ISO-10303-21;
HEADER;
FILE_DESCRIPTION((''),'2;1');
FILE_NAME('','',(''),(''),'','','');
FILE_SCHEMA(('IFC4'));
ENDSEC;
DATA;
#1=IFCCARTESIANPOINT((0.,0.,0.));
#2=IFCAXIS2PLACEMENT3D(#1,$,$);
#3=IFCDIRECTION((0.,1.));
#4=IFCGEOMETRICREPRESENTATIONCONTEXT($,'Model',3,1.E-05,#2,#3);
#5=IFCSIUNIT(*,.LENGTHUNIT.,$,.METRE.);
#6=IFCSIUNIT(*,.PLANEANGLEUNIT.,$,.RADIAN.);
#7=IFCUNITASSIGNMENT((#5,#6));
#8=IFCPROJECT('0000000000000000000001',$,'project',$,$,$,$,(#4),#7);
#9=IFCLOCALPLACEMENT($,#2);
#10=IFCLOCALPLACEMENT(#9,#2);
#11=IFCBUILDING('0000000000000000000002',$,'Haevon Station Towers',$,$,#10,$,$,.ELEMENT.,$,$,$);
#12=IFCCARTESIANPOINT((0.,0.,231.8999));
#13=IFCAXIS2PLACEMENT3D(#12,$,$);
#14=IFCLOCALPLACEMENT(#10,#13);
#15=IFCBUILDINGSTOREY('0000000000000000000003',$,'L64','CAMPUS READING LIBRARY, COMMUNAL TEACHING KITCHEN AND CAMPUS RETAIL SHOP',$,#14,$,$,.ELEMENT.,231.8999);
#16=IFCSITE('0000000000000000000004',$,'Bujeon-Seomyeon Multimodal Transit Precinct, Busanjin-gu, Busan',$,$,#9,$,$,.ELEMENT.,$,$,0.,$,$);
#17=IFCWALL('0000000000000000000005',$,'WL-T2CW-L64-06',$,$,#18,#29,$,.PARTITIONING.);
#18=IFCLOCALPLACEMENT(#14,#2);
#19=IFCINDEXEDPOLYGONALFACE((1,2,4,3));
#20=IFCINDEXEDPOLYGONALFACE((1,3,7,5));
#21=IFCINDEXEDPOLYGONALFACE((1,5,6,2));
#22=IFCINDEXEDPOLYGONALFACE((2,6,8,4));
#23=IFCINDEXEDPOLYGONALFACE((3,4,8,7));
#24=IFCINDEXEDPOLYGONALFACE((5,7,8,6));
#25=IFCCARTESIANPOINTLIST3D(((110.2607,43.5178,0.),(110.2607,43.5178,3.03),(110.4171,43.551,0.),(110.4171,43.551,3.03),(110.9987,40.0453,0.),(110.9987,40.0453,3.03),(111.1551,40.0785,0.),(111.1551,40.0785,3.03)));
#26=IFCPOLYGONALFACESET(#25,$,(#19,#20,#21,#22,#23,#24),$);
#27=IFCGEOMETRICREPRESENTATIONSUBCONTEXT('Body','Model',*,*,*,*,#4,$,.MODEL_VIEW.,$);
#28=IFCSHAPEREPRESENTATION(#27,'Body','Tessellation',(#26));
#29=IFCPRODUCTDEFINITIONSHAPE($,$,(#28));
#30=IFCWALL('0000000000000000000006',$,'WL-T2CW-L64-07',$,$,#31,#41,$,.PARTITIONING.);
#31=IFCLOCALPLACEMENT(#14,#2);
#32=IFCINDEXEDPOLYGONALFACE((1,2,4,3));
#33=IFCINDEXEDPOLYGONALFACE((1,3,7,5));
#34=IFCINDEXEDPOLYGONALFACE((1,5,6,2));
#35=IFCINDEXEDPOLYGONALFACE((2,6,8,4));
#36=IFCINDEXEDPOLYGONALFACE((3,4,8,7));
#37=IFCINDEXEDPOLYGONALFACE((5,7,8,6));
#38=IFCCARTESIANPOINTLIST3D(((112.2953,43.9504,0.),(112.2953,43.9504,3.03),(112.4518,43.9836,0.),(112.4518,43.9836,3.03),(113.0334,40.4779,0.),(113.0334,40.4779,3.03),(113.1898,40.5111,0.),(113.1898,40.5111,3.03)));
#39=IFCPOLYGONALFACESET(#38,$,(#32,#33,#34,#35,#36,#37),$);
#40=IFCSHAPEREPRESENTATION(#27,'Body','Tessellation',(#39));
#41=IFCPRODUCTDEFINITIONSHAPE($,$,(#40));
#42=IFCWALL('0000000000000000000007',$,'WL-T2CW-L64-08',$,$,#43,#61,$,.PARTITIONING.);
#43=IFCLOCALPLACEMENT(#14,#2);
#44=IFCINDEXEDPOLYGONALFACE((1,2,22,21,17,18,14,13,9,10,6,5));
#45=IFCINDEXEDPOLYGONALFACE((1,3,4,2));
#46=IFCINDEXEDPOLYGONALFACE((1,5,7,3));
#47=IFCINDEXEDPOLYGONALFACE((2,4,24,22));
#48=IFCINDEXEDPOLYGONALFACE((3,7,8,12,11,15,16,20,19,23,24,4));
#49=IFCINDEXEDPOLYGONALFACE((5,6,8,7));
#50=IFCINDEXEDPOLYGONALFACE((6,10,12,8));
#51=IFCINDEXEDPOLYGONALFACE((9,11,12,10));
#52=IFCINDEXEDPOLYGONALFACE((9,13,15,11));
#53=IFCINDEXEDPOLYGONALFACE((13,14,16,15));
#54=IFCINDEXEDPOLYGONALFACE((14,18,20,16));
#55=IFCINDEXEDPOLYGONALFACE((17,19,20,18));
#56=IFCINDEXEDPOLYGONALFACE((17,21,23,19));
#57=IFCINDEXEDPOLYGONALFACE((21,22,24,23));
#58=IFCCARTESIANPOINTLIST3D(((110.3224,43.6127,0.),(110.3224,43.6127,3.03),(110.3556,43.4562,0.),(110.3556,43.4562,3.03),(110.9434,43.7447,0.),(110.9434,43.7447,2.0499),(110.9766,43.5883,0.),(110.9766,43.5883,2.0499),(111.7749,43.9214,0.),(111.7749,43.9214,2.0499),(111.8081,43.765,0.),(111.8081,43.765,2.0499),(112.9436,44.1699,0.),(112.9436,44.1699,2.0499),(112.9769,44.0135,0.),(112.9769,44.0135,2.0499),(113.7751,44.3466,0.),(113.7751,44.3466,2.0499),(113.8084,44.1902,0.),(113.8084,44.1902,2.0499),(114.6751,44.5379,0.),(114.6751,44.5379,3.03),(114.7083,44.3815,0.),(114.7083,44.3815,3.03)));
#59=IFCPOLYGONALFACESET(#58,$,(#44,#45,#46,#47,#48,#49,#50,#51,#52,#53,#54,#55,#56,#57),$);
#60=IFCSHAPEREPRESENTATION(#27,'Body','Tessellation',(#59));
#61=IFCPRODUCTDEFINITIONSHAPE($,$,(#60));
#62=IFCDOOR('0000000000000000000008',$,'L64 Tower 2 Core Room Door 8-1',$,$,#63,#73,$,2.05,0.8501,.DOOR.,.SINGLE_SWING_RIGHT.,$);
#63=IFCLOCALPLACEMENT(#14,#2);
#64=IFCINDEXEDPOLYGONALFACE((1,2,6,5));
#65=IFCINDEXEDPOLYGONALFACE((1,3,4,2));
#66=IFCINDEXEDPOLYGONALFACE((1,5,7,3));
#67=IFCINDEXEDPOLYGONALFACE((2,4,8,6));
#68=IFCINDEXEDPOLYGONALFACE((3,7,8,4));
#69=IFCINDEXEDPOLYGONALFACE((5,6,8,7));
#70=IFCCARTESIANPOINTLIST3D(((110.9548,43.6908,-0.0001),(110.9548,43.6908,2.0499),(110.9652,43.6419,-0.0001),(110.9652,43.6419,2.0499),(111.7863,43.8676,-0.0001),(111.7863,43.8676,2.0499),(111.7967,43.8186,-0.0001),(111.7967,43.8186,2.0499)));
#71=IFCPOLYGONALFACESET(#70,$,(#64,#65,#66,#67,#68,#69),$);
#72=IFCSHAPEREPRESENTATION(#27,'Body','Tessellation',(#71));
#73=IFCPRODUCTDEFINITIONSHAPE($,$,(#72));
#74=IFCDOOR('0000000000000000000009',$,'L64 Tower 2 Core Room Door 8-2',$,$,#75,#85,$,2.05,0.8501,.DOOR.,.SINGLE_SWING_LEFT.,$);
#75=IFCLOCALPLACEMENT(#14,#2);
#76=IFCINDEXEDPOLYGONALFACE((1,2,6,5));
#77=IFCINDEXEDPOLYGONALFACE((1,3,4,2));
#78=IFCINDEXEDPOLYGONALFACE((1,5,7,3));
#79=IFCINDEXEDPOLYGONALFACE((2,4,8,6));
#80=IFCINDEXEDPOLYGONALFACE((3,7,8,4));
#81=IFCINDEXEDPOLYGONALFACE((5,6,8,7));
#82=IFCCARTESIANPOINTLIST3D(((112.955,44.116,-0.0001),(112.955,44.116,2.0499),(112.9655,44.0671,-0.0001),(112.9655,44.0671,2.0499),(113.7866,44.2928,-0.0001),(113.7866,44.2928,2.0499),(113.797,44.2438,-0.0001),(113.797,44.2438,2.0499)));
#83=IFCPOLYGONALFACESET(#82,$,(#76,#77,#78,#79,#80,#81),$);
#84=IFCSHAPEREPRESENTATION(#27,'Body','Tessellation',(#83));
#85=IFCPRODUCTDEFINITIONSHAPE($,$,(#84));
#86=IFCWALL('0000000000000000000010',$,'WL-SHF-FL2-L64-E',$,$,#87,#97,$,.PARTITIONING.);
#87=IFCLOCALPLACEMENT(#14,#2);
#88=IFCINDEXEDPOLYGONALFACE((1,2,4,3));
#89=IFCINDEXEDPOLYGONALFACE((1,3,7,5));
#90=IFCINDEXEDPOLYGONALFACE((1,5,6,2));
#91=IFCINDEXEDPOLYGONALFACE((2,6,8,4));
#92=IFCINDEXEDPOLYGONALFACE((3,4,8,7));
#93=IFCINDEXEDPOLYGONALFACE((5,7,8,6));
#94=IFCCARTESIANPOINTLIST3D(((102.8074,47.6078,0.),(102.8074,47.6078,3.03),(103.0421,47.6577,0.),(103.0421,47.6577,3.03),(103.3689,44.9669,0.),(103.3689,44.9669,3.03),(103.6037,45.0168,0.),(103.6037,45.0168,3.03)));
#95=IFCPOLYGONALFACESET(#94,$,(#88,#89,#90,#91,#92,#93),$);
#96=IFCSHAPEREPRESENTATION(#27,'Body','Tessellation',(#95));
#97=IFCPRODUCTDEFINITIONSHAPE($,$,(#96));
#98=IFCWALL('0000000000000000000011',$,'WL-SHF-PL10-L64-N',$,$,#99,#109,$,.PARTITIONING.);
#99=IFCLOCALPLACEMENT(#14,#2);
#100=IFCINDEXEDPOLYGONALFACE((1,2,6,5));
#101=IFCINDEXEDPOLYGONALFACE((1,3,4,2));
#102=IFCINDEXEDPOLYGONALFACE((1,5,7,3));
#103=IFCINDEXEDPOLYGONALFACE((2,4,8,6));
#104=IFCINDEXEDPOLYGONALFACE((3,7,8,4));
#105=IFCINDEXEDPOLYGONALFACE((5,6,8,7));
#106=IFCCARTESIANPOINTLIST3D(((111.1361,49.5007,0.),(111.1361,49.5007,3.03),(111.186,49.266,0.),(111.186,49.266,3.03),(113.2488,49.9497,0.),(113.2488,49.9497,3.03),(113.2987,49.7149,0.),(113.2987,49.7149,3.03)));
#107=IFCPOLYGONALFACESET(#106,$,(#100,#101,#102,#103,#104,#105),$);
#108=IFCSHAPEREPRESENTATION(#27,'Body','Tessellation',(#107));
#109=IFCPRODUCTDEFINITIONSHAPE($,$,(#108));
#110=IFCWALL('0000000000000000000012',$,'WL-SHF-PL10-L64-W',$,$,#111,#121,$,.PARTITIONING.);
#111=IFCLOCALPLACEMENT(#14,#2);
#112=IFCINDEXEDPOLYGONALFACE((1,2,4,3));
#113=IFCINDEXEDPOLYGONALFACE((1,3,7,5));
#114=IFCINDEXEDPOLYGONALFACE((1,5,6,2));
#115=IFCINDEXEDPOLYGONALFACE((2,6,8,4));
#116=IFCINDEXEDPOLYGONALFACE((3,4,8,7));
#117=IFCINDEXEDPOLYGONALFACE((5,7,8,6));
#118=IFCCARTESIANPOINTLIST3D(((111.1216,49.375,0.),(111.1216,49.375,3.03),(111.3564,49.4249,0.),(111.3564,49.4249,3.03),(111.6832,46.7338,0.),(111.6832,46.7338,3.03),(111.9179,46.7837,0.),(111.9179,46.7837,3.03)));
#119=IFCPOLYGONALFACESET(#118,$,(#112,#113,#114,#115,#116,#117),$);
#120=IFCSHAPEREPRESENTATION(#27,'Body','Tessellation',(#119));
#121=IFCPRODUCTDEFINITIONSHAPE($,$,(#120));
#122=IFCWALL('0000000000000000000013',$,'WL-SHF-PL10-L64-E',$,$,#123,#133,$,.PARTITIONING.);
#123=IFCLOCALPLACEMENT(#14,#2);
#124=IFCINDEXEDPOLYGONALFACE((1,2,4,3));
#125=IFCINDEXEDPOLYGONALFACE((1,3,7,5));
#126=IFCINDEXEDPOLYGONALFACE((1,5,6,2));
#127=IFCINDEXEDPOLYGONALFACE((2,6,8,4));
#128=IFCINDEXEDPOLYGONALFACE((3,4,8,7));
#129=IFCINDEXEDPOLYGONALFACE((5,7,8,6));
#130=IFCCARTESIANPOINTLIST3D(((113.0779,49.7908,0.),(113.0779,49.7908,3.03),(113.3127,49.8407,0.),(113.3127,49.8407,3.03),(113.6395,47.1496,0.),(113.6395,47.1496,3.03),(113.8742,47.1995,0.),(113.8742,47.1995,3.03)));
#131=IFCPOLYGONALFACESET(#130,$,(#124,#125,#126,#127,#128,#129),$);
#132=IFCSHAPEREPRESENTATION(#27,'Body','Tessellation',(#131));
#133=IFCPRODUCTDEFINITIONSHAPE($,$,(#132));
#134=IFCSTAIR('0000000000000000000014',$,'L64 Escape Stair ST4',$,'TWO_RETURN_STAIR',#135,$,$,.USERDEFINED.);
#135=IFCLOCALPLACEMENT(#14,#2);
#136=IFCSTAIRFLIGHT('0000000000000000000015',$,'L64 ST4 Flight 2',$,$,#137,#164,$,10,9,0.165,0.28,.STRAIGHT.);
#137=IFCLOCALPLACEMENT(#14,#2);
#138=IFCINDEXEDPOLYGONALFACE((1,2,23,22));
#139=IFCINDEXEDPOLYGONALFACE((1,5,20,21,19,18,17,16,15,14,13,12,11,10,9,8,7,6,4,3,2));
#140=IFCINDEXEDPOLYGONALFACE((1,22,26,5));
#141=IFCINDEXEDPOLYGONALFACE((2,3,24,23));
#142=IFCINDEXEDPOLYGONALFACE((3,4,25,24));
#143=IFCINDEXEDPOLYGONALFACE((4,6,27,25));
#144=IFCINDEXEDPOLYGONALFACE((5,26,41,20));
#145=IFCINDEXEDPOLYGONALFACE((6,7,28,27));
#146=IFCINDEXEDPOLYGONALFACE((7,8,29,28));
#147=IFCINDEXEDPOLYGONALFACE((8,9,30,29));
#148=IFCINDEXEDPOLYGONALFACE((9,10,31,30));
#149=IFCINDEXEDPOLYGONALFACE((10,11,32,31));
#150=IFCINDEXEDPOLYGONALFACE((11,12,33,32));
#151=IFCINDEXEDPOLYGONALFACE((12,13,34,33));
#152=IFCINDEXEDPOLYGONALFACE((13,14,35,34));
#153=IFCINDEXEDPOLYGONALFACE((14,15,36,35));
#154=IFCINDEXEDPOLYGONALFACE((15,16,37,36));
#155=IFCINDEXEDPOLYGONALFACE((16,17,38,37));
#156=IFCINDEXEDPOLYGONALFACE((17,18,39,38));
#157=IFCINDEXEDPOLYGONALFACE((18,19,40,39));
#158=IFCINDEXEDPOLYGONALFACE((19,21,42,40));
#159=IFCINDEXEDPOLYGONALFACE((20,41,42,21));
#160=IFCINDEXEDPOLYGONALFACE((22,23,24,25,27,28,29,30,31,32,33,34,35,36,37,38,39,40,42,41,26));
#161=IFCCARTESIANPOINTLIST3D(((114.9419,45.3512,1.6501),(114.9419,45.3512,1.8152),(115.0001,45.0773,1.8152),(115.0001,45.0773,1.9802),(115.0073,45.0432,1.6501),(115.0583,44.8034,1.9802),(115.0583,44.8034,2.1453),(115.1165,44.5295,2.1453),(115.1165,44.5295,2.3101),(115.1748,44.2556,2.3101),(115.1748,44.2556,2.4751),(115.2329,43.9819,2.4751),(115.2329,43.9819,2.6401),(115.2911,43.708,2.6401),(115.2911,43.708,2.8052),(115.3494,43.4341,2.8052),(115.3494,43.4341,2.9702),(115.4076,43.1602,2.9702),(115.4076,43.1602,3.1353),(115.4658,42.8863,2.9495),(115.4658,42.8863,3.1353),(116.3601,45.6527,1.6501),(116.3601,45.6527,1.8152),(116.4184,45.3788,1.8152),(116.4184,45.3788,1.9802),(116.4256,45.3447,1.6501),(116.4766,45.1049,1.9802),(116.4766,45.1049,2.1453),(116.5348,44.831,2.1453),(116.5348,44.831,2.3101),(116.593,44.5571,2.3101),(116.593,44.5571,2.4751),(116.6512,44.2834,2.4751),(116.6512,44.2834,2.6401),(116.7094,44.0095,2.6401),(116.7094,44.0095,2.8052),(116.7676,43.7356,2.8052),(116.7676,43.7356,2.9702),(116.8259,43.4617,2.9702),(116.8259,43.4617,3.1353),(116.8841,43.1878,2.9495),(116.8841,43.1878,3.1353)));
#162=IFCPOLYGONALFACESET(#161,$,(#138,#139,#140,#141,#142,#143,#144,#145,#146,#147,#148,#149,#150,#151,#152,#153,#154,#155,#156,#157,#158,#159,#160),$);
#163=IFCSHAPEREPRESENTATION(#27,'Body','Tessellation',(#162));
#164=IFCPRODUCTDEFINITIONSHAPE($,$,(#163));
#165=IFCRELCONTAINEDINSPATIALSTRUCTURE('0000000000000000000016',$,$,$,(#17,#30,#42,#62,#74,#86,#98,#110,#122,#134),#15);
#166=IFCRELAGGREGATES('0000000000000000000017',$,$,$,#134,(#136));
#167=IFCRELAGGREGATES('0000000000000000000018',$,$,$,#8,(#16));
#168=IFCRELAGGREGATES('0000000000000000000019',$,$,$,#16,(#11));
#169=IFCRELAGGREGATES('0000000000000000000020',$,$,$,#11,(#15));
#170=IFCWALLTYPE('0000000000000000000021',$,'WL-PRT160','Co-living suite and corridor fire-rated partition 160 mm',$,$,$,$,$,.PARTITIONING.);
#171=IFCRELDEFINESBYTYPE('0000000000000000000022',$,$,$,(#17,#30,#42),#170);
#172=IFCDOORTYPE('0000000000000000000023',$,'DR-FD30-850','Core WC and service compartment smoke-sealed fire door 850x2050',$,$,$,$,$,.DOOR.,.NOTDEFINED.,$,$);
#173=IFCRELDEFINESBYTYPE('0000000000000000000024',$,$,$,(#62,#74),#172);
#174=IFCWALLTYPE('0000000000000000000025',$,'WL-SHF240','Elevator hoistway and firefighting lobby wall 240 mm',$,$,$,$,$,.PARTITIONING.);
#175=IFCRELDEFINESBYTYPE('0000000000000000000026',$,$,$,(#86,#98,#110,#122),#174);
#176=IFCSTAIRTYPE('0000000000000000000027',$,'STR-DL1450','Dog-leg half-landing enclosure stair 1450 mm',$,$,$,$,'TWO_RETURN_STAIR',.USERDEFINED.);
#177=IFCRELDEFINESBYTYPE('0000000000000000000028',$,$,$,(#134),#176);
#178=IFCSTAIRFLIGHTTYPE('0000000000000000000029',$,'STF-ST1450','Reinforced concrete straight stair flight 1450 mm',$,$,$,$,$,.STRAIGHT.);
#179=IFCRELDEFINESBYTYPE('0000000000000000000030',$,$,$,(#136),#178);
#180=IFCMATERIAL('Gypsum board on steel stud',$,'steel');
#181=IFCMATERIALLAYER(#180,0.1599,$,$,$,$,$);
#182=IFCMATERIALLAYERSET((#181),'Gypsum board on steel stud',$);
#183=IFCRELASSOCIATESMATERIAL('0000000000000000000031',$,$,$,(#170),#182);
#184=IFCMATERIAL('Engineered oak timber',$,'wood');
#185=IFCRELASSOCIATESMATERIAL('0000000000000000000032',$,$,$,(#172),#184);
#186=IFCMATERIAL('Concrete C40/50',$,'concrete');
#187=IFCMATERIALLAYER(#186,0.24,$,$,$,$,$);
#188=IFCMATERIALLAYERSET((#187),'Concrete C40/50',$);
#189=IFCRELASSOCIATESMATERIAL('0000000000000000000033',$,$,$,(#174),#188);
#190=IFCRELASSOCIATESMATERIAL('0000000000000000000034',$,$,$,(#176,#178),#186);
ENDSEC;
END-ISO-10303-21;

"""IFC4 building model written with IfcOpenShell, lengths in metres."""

from ifc_helpers import new_model, si_unit, direction, frame, frame_2d, origin, place, context, subcontext, project, spatial, polyline, rectangle, outline, extrude, material, layer, layer_set, type_object, element, fill, aggregate, save


model = new_model("IFC4")

# Units and contexts
model_context = context("Model", 3, precision=1e-05, world=origin(), true_north=direction((0.0, 1.0)))
body_context = subcontext(model_context, "Body", "Model", "MODEL_VIEW")
ifc_project = project(units=[si_unit("LENGTHUNIT", "METRE"), si_unit("PLANEANGLEUNIT", "RADIAN")], contexts=[model_context])

# Site, building, storey
site_placement = place(None, origin())
site = spatial("IfcSite", under=ifc_project, at=site_placement, Name="Bujeon-Seomyeon Multimodal Transit Precinct, Busanjin-gu, Busan", CompositionType="ELEMENT", RefElevation=0.0)
building_placement = place(site_placement, origin())
building = spatial("IfcBuilding", under=site, at=building_placement, Name="Haevon Station Towers", CompositionType="ELEMENT")
storey_placement = place(building_placement, frame((0.0, 0.0, 231.8999)))
storey = spatial("IfcBuildingStorey", under=building, at=storey_placement, Name="L64", Description="CAMPUS READING LIBRARY, COMMUNAL TEACHING KITCHEN AND CAMPUS RETAIL SHOP", CompositionType="ELEMENT", Elevation=231.8999)

# Shared definitions
ifc_material_1 = material(Name="Gypsum board on steel stud", Category="steel")
ifc_material_2 = material(Name="Engineered oak timber", Category="wood")

# Shared definitions
ifc_layer_1 = layer(ifc_material_1, 0.1599)
ifc_layer_set_1 = layer_set([ifc_layer_1], Name="Gypsum board on steel stud")
wall_type_1 = type_object("IfcWallType", Name="WL-PRT160", Description="Co-living suite and corridor fire-rated partition 160 mm", PredefinedType="PARTITIONING", material=ifc_layer_set_1)

# Walls
for number, where, z_axis, x_axis, name in (
    (1, (111.0769, 40.062, 0.0), (0.0, 0.0, 1.0), (-0.207899, 0.97815, 0.0), "WL-T2CW-L64-06"),
    (2, (113.1116, 40.4946, 0.0), (0.0, 0.0, 1.0), (-0.207899, 0.97815, 0.0), "WL-T2CW-L64-07"),
):
    element("IfcWall", number, at=place(storey_placement, frame(where, z_axis=z_axis, x_axis=x_axis)), inside=storey, type_object=wall_type_1, Name=name, PredefinedType="PARTITIONING", context=body_context, shape_type="SweptSolid", body=[
        extrude(rectangle(XDim=3.55, YDim=0.1599, at=frame_2d((1.7749, 0.0))), origin(), (0.0, 0.0, 1.0), 3.03),
    ])

# Wall, openings, doors
wall_1_placement = place(storey_placement, frame((110.3389, 43.5344, 0.0), z_axis=(0.0, 0.0, 1.0), x_axis=(0.978144, 0.207929, 0.0)))
wall_1 = element("IfcWall", 3, at=wall_1_placement, inside=storey, type_object=wall_type_1, Name="WL-T2CW-L64-08", PredefinedType="PARTITIONING", context=body_context, shape_type="SweptSolid", body=[
    extrude(rectangle(XDim=4.45, YDim=0.1599, at=frame_2d((2.2251, 0.0))), origin(), (0.0, 0.0, 1.0), 3.03),
])
opening_1_placement = place(wall_1_placement, frame((0.635, 0.0, 0.0)))
opening_1 = element("IfcOpeningElement", 4, at=opening_1_placement, cuts=wall_1, PredefinedType="OPENING", context=body_context, shape_type="SweptSolid", body=[
    extrude(rectangle(XDim=0.8501, YDim=2.05, at=frame_2d((0.425, 1.0249))), frame((0.0, 0.0898, 0.0), z_axis=(0.0, -1.0, 0.0), x_axis=(1.0, 0.0, 0.0)), (0.0, 0.0, 1.0), 0.1799),
])
opening_2_placement = place(wall_1_placement, frame((2.6799, 0.0, 0.0)))
opening_2 = element("IfcOpeningElement", 5, at=opening_2_placement, cuts=wall_1, PredefinedType="OPENING", context=body_context, shape_type="SweptSolid", body=[
    extrude(rectangle(XDim=0.8501, YDim=2.05, at=frame_2d((0.425, 1.0249))), frame((0.0, 0.0898, 0.0), z_axis=(0.0, -1.0, 0.0), x_axis=(1.0, 0.0, 0.0)), (0.0, 0.0, 1.0), 0.1799),
])
door_type_1 = type_object("IfcDoorType", Name="DR-FD30-850", Description="Core WC and service compartment smoke-sealed fire door 850x2050", OperationType="NOTDEFINED", PredefinedType="DOOR", material=ifc_material_2)
door_1_placement = place(opening_1_placement, origin())
door_1 = element("IfcDoor", 6, at=door_1_placement, inside=storey, type_object=door_type_1, Name="L64 Tower 2 Core Room Door 8-1", OperationType="SINGLE_SWING_RIGHT", OverallHeight=2.05, OverallWidth=0.8501, PredefinedType="DOOR", context=body_context, shape_type="SweptSolid", body=[
    extrude(rectangle(XDim=0.8501, YDim=2.05, at=frame_2d((0.425, 1.0249))), frame((0.0, 0.0249, 0.0), z_axis=(0.0, -1.0, 0.0), x_axis=(1.0, 0.0, 0.0)), (0.0, 0.0, 1.0), 0.05),
])
fill(opening_1, door_1)
door_2_placement = place(opening_2_placement, origin())
door_2 = element("IfcDoor", 7, at=door_2_placement, inside=storey, type_object=door_type_1, Name="L64 Tower 2 Core Room Door 8-2", OperationType="SINGLE_SWING_LEFT", OverallHeight=2.05, OverallWidth=0.8501, PredefinedType="DOOR", context=body_context, shape_type="SweptSolid", body=[
    extrude(rectangle(XDim=0.8501, YDim=2.05, at=frame_2d((0.425, 1.0249))), frame((0.0, 0.0249, 0.0), z_axis=(0.0, -1.0, 0.0), x_axis=(1.0, 0.0, 0.0)), (0.0, 0.0, 1.0), 0.05),
])
fill(opening_2, door_2)

# Wall
ifc_material_3 = material(Name="Concrete C40/50", Category="concrete")
ifc_layer_2 = layer(ifc_material_3, 0.24)
ifc_layer_set_2 = layer_set([ifc_layer_2], Name="Concrete C40/50")
wall_type_2 = type_object("IfcWallType", Name="WL-SHF240", Description="Elevator hoistway and firefighting lobby wall 240 mm", PredefinedType="PARTITIONING", material=ifc_layer_set_2)
wall_2_placement = place(storey_placement, frame((103.4863, 44.9917, 0.0), z_axis=(0.0, 0.0, 1.0), x_axis=(-0.207979, 0.978133, 0.0)))
element("IfcWall", 8, at=wall_2_placement, inside=storey, type_object=wall_type_2, Name="WL-SHF-FL2-L64-E", PredefinedType="PARTITIONING", context=body_context, shape_type="SweptSolid", body=[
    extrude(rectangle(XDim=2.7, YDim=0.24, at=frame_2d((1.3501, 0.0))), origin(), (0.0, 0.0, 1.0), 3.03),
])

# Walls
wall_3_placement = place(storey_placement, frame((111.1609, 49.3833, 0.0), z_axis=(0.0, 0.0, 1.0), x_axis=(0.978158, 0.207861, 0.0)))
element("IfcWall", 9, at=wall_3_placement, inside=storey, type_object=wall_type_2, Name="WL-SHF-PL10-L64-N", PredefinedType="PARTITIONING", context=body_context, shape_type="SweptSolid", body=[
    extrude(rectangle(XDim=2.1599, YDim=0.24, at=frame_2d((1.0801, 0.0))), origin(), (0.0, 0.0, 1.0), 3.03),
])
for number, where, z_axis, x_axis, name in (
    (10, (111.8005, 46.7588, 0.0), (0.0, 0.0, 1.0), (-0.20796, 0.978137, 0.0), "WL-SHF-PL10-L64-W"),
    (11, (113.7568, 47.1746, 0.0), (0.0, 0.0, 1.0), (-0.20796, 0.978137, 0.0), "WL-SHF-PL10-L64-E"),
):
    element("IfcWall", number, at=place(storey_placement, frame(where, z_axis=z_axis, x_axis=x_axis)), inside=storey, type_object=wall_type_2, Name=name, PredefinedType="PARTITIONING", context=body_context, shape_type="SweptSolid", body=[
        extrude(rectangle(XDim=2.7002, YDim=0.24, at=frame_2d((1.3501, 0.0))), origin(), (0.0, 0.0, 1.0), 3.03),
    ])

# Stair, stair flight
stair_type = type_object("IfcStairType", Name="STR-DL1450", Description="Dog-leg half-landing enclosure stair 1450 mm", ElementType="TWO_RETURN_STAIR", PredefinedType="USERDEFINED", material=ifc_material_3)
stair_placement = place(storey_placement, origin())
stair = element("IfcStair", 12, at=stair_placement, inside=storey, type_object=stair_type, Name="L64 Escape Stair ST4", ObjectType="TWO_RETURN_STAIR", PredefinedType="USERDEFINED")
stair_flight_type = type_object("IfcStairFlightType", Name="STF-ST1450", Description="Reinforced concrete straight stair flight 1450 mm", PredefinedType="STRAIGHT", material=ifc_material_3)
stair_flight_placement = place(storey_placement, frame((115.6509, 45.502, 1.6501), z_axis=(0.0, 0.0, 1.0), x_axis=(0.207912, -0.978148, 0.0)))
stair_flight = element("IfcStairFlight", 13, at=stair_flight_placement, type_object=stair_flight_type, Name="L64 ST4 Flight 2", NumberOfRisers=10, NumberOfTreads=9, PredefinedType="STRAIGHT", RiserHeight=0.165, TreadLength=0.28, context=body_context, shape_type="SweptSolid", body=[
    extrude(outline(polyline([(0.0, 0.0), (0.0, 0.165), (0.28, 0.165), (0.28, 0.3301), (0.5601, 0.3301), (0.5601, 0.4951), (0.8401, 0.4951), (0.8401, 0.6599), (1.1201, 0.6599), (1.1201, 0.825), (1.3999, 0.825), (1.3999, 0.99), (1.6799, 0.99), (1.6799, 1.155), (1.96, 1.155), (1.96, 1.3201), (2.24, 1.3201), (2.24, 1.4851), (2.52, 1.4851), (2.52, 1.6499), (2.52, 1.2993), (0.3149, 0.0), (0.0, 0.0)])), frame((0.0, 0.7251, 0.0), z_axis=(0.0, -1.0, 0.0), x_axis=(1.0, 0.0, 0.0)), (0.0, 0.0, 1.0), 1.45),
])
aggregate(stair, [stair_flight])

save(model, "model.ifc")
